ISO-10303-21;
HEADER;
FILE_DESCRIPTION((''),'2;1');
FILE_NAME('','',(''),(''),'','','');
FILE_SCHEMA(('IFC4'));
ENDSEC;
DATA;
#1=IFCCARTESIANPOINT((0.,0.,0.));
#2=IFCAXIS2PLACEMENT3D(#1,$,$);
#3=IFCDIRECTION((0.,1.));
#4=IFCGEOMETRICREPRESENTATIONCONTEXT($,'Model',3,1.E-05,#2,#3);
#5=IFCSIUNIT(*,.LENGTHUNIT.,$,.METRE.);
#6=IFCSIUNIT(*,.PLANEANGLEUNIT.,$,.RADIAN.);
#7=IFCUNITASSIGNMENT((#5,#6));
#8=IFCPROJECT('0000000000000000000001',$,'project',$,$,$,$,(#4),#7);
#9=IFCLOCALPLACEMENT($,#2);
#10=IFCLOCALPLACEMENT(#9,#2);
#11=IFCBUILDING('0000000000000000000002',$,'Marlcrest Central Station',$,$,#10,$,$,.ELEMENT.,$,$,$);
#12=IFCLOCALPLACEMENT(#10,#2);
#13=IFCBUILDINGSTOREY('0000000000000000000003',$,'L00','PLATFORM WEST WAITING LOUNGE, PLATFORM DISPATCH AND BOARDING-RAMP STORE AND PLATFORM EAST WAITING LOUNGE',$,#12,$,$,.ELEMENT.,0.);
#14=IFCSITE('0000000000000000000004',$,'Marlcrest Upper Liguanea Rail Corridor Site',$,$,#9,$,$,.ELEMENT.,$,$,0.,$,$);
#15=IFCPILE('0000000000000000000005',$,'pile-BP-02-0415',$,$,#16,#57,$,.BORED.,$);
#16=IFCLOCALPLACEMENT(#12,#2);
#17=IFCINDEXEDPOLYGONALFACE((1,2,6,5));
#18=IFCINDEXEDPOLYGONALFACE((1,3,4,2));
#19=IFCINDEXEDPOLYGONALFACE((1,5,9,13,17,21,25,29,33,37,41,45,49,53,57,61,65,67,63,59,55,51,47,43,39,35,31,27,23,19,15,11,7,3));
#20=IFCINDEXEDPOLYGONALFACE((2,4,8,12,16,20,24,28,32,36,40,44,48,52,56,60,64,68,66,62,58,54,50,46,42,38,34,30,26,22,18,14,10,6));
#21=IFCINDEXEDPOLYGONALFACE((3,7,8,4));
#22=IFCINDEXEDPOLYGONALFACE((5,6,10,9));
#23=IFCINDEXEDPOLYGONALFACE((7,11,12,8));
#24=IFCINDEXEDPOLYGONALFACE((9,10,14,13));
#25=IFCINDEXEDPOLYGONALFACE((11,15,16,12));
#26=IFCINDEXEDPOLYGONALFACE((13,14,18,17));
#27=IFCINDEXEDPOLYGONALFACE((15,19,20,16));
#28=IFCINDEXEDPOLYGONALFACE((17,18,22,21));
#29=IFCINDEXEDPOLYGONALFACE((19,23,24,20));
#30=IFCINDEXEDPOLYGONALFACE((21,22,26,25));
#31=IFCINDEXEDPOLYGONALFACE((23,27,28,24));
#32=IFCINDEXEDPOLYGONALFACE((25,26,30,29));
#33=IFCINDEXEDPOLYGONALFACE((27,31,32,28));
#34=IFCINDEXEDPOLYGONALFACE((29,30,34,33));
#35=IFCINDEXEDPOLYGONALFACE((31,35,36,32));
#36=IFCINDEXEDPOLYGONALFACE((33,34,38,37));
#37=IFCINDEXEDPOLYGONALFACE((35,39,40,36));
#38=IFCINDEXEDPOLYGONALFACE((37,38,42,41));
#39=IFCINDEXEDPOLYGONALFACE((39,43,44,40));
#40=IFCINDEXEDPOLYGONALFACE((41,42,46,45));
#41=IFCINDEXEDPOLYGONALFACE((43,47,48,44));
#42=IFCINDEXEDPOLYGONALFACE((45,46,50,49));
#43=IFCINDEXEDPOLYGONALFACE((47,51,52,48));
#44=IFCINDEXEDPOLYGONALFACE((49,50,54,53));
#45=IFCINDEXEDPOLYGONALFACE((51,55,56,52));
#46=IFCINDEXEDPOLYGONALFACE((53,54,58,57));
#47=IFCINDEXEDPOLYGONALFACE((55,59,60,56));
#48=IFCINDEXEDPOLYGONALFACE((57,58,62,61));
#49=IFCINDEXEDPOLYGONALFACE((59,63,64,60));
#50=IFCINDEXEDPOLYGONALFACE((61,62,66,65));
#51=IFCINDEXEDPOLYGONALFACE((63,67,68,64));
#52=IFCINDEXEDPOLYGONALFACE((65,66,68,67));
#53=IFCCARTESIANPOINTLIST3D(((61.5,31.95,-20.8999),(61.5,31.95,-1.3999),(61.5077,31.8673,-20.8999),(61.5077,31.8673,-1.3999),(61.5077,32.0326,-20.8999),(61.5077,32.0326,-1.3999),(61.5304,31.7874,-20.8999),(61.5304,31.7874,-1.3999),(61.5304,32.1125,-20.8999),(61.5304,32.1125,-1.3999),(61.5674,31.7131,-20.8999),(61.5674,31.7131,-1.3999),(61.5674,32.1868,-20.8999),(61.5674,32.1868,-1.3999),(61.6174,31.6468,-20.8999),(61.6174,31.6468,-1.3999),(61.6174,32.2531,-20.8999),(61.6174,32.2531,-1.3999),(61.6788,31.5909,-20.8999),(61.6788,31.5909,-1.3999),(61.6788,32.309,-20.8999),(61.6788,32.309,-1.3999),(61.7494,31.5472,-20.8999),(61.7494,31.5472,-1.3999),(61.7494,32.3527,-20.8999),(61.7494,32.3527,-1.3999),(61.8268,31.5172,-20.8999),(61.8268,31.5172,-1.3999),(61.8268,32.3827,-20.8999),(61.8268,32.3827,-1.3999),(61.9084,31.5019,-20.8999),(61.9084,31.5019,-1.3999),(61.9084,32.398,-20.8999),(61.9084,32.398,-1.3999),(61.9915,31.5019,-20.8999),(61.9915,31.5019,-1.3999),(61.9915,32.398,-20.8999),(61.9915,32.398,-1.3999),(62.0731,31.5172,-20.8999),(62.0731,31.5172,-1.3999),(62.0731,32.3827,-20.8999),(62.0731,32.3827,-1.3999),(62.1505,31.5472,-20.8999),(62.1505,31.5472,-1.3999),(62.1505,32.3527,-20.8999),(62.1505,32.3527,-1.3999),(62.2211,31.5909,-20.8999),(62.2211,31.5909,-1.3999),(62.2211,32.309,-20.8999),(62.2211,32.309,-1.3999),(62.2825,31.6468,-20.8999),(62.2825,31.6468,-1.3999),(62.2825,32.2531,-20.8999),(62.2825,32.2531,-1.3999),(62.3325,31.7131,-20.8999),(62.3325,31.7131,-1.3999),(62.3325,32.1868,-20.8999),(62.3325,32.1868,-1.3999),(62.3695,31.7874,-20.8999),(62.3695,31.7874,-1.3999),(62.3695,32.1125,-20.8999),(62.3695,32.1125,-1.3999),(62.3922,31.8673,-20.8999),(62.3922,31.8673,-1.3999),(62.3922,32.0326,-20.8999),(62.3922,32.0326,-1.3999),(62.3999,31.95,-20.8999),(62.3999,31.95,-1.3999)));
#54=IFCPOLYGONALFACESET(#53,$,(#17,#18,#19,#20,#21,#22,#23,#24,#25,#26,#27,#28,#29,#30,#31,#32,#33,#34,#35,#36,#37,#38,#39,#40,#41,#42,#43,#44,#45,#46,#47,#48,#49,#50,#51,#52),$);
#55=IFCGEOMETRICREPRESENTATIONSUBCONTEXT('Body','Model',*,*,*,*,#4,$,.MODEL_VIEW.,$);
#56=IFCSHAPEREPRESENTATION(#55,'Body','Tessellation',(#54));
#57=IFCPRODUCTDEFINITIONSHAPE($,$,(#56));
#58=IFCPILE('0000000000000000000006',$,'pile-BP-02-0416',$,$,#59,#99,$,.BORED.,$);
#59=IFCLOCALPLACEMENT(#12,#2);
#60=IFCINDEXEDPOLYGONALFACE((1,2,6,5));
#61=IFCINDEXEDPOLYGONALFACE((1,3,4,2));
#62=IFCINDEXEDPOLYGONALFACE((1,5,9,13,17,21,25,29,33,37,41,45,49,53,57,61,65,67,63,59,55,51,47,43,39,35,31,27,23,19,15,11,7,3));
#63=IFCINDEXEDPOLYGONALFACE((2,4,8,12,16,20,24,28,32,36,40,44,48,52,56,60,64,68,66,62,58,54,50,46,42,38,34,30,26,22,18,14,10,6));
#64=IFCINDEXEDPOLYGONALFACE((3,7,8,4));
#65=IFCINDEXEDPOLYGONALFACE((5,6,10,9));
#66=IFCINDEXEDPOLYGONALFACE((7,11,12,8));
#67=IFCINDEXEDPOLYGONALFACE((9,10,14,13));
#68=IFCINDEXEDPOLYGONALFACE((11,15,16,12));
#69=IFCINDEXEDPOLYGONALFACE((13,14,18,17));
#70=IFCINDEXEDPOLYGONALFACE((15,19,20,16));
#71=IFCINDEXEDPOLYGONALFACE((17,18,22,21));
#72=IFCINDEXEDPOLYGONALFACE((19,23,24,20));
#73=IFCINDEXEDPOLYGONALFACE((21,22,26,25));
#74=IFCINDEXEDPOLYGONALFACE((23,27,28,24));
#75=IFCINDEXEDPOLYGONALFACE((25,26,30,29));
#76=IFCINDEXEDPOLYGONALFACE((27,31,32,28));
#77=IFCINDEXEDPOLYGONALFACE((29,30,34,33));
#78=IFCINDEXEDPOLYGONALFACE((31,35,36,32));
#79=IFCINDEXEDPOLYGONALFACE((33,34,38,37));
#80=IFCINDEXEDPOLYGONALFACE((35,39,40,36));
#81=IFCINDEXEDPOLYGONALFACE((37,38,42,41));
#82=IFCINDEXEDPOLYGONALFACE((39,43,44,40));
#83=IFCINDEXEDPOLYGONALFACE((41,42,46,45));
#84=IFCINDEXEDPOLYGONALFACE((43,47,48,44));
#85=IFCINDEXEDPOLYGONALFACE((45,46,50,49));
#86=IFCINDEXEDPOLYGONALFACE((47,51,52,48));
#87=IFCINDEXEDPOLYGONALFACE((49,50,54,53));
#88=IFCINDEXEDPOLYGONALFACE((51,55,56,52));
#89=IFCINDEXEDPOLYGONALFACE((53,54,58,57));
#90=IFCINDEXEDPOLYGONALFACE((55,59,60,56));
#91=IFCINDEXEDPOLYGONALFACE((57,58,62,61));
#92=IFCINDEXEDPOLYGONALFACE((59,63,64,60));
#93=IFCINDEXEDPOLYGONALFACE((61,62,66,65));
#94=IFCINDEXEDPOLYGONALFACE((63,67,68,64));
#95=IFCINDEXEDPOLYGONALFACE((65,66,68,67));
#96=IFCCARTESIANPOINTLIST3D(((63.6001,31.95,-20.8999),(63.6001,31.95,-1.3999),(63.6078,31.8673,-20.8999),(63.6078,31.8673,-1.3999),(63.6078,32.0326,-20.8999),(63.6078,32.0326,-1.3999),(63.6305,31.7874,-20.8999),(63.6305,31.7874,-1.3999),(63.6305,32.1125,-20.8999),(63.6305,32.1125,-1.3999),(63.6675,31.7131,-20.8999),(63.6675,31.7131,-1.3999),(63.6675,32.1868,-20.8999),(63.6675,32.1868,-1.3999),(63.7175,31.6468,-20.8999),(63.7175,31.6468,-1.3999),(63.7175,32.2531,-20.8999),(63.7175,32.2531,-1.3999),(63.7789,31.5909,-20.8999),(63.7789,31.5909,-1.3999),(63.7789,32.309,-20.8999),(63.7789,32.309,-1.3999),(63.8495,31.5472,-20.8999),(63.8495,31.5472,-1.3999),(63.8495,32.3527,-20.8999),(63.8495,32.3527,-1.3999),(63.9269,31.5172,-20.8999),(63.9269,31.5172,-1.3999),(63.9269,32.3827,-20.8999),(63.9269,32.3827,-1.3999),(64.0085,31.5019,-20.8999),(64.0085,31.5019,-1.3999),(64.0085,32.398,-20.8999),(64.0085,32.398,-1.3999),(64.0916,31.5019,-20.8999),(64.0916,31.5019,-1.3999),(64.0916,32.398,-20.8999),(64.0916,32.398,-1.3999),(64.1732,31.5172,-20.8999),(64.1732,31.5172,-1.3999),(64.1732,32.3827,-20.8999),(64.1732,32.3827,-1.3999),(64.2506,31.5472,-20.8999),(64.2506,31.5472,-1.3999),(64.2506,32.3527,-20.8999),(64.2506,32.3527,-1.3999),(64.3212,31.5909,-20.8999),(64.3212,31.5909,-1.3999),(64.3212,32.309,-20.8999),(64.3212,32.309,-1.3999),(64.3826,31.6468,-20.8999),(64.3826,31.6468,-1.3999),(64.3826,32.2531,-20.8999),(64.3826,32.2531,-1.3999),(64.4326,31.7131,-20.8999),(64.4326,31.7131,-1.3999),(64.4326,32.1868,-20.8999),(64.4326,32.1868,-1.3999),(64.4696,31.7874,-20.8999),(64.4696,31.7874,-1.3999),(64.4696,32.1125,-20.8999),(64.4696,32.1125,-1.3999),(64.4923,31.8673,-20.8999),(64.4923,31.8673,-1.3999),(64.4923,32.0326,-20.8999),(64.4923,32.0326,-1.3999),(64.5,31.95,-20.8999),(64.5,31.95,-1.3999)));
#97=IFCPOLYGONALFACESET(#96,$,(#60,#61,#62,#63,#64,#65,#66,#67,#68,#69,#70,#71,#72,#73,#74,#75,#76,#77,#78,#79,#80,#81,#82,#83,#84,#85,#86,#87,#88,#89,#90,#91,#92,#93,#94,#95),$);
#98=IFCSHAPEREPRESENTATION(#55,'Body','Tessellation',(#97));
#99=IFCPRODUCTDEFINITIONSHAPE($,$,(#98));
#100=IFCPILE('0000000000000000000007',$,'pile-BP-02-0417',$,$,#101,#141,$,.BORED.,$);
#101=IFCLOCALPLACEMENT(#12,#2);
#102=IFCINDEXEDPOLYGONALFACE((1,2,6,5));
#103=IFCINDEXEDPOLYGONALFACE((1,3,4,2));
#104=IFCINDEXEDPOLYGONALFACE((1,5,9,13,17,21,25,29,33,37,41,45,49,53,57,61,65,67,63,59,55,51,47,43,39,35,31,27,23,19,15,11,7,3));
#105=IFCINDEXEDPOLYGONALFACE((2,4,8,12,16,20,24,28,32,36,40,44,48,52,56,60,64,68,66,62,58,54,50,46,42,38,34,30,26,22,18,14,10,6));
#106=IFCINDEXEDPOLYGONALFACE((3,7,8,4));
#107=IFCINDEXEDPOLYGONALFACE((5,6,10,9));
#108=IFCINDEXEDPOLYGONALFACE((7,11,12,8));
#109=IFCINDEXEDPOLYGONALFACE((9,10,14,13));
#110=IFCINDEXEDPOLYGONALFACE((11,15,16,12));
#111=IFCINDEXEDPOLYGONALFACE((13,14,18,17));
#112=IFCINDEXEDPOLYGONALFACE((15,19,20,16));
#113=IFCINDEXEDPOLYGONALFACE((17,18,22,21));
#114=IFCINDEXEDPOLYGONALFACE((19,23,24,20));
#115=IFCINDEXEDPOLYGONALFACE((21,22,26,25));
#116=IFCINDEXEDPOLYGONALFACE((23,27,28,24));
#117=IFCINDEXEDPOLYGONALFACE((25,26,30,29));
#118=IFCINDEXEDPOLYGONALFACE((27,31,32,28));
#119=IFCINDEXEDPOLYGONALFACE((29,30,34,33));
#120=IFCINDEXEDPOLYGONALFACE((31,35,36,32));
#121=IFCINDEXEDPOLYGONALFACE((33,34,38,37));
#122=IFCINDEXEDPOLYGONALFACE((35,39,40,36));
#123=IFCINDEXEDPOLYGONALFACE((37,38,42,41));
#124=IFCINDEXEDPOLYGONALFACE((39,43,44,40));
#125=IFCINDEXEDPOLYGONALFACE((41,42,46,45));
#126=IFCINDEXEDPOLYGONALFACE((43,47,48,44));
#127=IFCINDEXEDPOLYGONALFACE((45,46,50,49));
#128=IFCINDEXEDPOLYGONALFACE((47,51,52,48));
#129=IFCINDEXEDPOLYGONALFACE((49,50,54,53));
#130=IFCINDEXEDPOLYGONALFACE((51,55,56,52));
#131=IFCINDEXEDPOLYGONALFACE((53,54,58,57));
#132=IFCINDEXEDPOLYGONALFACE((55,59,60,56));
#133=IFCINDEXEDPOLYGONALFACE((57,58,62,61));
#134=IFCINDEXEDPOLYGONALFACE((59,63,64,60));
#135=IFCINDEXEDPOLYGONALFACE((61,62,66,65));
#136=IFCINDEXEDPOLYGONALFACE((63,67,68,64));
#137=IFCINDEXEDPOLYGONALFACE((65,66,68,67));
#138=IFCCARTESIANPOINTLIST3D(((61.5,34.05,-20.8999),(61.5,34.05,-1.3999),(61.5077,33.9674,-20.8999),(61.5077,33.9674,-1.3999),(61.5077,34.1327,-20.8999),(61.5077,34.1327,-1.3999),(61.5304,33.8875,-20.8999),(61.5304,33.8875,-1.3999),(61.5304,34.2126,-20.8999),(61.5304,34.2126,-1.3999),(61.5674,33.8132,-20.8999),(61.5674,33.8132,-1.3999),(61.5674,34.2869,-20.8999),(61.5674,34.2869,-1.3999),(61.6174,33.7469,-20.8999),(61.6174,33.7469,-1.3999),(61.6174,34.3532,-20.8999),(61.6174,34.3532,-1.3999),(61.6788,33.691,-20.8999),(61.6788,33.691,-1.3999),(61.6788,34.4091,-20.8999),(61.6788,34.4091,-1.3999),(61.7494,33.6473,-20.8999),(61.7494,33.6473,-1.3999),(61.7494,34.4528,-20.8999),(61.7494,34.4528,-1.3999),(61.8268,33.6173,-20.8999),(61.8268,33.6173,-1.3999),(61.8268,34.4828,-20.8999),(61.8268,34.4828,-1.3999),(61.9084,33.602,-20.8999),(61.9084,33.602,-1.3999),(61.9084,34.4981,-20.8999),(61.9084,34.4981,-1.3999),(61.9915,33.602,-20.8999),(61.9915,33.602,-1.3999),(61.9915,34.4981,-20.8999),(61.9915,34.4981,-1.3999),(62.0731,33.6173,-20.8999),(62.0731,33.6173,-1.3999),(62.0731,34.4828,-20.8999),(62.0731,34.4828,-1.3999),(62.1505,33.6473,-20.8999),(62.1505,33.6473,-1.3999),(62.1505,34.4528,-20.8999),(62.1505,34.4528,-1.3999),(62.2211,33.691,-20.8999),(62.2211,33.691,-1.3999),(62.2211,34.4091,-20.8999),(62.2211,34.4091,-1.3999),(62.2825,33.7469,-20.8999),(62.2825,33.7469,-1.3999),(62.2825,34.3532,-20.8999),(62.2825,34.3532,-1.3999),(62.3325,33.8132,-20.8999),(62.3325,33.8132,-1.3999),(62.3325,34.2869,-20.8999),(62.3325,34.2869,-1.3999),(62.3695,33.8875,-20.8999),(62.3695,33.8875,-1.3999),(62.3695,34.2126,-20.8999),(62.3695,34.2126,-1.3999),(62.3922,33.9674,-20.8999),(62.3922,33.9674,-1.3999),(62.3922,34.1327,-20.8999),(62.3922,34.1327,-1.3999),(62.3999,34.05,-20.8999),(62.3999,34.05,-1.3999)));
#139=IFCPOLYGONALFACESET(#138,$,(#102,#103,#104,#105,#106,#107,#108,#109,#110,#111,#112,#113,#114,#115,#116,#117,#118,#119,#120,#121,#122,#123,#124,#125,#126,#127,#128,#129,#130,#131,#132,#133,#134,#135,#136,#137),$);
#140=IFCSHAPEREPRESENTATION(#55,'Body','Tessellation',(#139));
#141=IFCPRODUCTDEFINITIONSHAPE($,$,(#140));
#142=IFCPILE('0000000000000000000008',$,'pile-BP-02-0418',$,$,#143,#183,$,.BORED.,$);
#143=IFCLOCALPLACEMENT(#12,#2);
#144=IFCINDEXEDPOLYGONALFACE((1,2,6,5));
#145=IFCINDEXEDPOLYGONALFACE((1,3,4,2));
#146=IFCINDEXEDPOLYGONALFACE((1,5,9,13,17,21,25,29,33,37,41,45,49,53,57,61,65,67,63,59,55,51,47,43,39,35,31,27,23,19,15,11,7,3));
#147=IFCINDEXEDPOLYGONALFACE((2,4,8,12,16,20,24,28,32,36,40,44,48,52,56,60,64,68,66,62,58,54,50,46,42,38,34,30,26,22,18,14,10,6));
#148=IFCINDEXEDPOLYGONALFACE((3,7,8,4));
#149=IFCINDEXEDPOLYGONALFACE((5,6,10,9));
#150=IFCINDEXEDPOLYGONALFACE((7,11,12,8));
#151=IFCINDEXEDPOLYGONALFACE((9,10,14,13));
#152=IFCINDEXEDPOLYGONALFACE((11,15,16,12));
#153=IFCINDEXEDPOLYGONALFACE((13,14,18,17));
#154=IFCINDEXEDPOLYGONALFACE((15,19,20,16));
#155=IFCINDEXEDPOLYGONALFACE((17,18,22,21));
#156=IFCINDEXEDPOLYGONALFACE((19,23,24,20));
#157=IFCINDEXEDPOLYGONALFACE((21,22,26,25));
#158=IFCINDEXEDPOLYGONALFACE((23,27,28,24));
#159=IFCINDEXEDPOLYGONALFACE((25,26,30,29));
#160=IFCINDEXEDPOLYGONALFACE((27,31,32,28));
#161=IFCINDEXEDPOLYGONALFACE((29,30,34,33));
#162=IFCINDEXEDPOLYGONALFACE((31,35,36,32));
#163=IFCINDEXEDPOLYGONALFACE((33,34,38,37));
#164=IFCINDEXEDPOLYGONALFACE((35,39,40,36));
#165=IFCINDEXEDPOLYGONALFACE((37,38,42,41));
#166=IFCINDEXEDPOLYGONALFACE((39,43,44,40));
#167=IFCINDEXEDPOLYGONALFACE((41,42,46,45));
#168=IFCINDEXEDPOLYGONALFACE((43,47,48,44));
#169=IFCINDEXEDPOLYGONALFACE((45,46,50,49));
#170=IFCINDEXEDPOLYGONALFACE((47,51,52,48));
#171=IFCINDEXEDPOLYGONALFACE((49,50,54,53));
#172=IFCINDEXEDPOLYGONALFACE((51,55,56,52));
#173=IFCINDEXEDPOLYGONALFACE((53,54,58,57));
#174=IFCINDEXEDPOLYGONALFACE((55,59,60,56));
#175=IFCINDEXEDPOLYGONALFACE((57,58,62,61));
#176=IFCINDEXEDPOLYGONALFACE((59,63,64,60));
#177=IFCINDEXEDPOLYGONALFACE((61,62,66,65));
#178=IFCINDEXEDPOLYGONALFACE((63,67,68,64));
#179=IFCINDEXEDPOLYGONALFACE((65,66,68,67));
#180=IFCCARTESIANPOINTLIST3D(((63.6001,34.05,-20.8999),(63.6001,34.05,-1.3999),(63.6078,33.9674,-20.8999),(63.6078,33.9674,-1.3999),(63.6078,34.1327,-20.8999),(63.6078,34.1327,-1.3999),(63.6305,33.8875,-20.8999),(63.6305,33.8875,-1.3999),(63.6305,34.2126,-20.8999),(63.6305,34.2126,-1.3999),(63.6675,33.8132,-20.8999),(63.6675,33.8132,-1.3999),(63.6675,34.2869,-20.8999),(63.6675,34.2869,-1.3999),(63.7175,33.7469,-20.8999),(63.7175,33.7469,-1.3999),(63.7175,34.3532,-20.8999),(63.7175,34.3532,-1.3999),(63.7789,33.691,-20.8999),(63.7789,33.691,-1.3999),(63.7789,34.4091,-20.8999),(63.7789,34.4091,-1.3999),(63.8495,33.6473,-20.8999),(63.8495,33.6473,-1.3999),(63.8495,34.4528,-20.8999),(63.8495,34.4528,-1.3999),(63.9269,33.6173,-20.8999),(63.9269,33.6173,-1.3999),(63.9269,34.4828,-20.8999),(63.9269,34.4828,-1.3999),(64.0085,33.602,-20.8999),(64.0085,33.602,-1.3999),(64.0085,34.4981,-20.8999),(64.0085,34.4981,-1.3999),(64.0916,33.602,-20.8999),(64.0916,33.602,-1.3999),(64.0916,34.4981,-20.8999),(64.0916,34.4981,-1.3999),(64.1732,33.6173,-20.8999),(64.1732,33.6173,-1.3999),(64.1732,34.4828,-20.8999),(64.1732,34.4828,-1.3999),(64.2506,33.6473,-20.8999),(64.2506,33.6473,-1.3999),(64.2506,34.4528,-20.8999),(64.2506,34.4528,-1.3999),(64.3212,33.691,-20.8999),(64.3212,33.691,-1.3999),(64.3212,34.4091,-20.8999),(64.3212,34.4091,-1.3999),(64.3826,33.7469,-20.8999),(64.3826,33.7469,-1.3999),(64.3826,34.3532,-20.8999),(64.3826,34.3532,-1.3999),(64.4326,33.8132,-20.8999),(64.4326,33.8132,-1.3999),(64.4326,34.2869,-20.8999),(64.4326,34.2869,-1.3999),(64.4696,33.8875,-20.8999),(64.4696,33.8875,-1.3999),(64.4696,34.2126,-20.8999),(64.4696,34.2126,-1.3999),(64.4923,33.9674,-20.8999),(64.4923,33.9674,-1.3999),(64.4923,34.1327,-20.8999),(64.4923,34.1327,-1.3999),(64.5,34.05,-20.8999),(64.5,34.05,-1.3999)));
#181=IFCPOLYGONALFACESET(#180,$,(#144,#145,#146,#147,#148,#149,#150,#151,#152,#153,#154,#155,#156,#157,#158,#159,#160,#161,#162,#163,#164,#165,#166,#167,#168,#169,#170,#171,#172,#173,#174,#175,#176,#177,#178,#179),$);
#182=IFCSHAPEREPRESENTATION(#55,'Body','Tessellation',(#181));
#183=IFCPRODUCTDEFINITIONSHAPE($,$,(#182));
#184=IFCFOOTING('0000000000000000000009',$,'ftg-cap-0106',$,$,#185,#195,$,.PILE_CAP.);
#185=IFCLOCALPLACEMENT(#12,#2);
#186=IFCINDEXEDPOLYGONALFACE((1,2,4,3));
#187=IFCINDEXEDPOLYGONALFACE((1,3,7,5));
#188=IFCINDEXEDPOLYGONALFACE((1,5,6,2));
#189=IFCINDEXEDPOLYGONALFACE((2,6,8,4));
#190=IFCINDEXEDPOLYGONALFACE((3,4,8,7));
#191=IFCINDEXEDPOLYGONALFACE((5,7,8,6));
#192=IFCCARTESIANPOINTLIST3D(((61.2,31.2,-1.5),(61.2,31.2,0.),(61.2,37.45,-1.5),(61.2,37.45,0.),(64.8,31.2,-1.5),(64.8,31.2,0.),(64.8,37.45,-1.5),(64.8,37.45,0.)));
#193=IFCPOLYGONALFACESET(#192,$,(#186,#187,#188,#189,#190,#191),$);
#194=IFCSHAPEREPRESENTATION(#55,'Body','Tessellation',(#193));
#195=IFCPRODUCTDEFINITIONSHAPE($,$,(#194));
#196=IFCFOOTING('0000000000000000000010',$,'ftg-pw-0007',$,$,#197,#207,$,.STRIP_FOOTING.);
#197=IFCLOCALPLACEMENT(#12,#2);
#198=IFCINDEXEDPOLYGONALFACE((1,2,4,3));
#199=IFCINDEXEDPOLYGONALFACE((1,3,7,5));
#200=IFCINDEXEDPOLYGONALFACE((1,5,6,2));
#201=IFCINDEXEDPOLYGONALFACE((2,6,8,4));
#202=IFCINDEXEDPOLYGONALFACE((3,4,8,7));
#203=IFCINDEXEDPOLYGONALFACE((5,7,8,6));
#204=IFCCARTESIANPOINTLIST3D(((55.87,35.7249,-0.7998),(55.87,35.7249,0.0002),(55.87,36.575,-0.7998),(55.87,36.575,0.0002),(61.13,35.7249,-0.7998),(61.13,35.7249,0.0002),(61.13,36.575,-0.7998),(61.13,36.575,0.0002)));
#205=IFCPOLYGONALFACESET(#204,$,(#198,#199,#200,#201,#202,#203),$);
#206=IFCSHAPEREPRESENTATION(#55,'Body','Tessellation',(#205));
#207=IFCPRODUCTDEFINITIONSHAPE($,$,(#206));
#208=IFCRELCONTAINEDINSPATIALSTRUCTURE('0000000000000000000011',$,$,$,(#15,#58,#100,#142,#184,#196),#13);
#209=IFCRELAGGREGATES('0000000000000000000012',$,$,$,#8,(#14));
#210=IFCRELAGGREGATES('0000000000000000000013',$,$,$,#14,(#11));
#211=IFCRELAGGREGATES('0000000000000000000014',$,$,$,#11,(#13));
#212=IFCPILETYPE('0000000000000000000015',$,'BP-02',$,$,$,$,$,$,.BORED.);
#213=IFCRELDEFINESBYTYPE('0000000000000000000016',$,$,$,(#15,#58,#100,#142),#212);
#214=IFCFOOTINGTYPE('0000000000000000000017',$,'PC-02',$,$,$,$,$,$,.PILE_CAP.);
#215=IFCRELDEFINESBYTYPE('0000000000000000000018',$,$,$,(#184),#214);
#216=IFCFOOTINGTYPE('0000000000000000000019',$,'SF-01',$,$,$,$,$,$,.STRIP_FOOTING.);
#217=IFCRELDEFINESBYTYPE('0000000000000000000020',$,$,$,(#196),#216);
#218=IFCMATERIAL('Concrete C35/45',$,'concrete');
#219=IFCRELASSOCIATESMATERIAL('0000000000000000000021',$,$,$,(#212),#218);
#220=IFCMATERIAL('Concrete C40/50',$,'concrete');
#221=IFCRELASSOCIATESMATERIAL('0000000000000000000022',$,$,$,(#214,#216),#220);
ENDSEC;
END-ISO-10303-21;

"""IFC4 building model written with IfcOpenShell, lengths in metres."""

from ifc_helpers import new_model, si_unit, direction, frame, origin, origin_2d, place, context, subcontext, project, spatial, rectangle, circle, extrude, material, material_profile, profile_set, type_object, element, save


model = new_model("IFC4")

# Units and contexts
model_context = context("Model", 3, precision=1e-05, world=origin(), true_north=direction((0.0, 1.0)))
body_context = subcontext(model_context, "Body", "Model", "MODEL_VIEW")
ifc_project = project(units=[si_unit("LENGTHUNIT", "METRE"), si_unit("PLANEANGLEUNIT", "RADIAN")], contexts=[model_context])

# Site, building, storey
site_placement = place(None, origin())
site = spatial("IfcSite", under=ifc_project, at=site_placement, Name="Marlcrest Upper Liguanea Rail Corridor Site", CompositionType="ELEMENT", RefElevation=0.0)
building_placement = place(site_placement, origin())
building = spatial("IfcBuilding", under=site, at=building_placement, Name="Marlcrest Central Station", CompositionType="ELEMENT")
storey_placement = place(building_placement, origin())
storey = spatial("IfcBuildingStorey", under=building, at=storey_placement, Name="L00", Description="PLATFORM WEST WAITING LOUNGE, PLATFORM DISPATCH AND BOARDING-RAMP STORE AND PLATFORM EAST WAITING LOUNGE", CompositionType="ELEMENT", Elevation=0.0)

# Piles
ifc_material_1 = material(Name="Concrete C35/45", Category="concrete")
ifc_material_profile_1 = material_profile(ifc_material_1, circle(Radius=0.45, at=origin_2d()), Name="PILE D900")
ifc_profile_set_1 = profile_set([ifc_material_profile_1], Name="Concrete C35/45")
pile_type = type_object("IfcPileType", Name="BP-02", PredefinedType="BORED", material=ifc_profile_set_1)
for number, where, z_axis, x_axis, name in (
    (1, (61.95, 31.95, -1.3999), (0.0, 0.0, -1.0), (1.0, 0.0, 0.0), "pile-BP-02-0415"),
    (2, (64.05, 31.95, -1.3999), (0.0, 0.0, -1.0), (1.0, 0.0, 0.0), "pile-BP-02-0416"),
    (3, (61.95, 34.05, -1.3999), (0.0, 0.0, -1.0), (1.0, 0.0, 0.0), "pile-BP-02-0417"),
    (4, (64.05, 34.05, -1.3999), (0.0, 0.0, -1.0), (1.0, 0.0, 0.0), "pile-BP-02-0418"),
):
    element("IfcPile", number, at=place(storey_placement, frame(where, z_axis=z_axis, x_axis=x_axis)), inside=storey, type_object=pile_type, Name=name, PredefinedType="BORED", context=body_context, shape_type="SweptSolid", body=[
        extrude(circle(Radius=0.45, at=origin_2d()), origin(), (0.0, 0.0, 1.0), 19.5),
    ])

# Footings
ifc_material_2 = material(Name="Concrete C40/50", Category="concrete")
footing_type_1 = type_object("IfcFootingType", Name="PC-02", PredefinedType="PILE_CAP", material=ifc_material_2)
footing_1_placement = place(storey_placement, frame((63.0, 34.325, -1.5), z_axis=(0.0, 0.0, 1.0), x_axis=(1.0, 0.0, 0.0)))
element("IfcFooting", 5, at=footing_1_placement, inside=storey, type_object=footing_type_1, Name="ftg-cap-0106", PredefinedType="PILE_CAP", context=body_context, shape_type="SweptSolid", body=[
    extrude(rectangle(XDim=3.6001, YDim=6.25, at=origin_2d()), origin(), (0.0, 0.0, 1.0), 1.5),
])
footing_type_2 = type_object("IfcFootingType", Name="SF-01", PredefinedType="STRIP_FOOTING", material=ifc_material_2)
footing_2_placement = place(storey_placement, frame((58.5, 36.1499, -0.7998), z_axis=(0.0, 0.0, 1.0), x_axis=(1.0, 0.0, 0.0)))
element("IfcFooting", 6, at=footing_2_placement, inside=storey, type_object=footing_type_2, Name="ftg-pw-0007", PredefinedType="STRIP_FOOTING", context=body_context, shape_type="SweptSolid", body=[
    extrude(rectangle(XDim=5.26, YDim=0.8501, at=origin_2d()), origin(), (0.0, 0.0, 1.0), 0.8),
])

save(model, "model.ifc")
